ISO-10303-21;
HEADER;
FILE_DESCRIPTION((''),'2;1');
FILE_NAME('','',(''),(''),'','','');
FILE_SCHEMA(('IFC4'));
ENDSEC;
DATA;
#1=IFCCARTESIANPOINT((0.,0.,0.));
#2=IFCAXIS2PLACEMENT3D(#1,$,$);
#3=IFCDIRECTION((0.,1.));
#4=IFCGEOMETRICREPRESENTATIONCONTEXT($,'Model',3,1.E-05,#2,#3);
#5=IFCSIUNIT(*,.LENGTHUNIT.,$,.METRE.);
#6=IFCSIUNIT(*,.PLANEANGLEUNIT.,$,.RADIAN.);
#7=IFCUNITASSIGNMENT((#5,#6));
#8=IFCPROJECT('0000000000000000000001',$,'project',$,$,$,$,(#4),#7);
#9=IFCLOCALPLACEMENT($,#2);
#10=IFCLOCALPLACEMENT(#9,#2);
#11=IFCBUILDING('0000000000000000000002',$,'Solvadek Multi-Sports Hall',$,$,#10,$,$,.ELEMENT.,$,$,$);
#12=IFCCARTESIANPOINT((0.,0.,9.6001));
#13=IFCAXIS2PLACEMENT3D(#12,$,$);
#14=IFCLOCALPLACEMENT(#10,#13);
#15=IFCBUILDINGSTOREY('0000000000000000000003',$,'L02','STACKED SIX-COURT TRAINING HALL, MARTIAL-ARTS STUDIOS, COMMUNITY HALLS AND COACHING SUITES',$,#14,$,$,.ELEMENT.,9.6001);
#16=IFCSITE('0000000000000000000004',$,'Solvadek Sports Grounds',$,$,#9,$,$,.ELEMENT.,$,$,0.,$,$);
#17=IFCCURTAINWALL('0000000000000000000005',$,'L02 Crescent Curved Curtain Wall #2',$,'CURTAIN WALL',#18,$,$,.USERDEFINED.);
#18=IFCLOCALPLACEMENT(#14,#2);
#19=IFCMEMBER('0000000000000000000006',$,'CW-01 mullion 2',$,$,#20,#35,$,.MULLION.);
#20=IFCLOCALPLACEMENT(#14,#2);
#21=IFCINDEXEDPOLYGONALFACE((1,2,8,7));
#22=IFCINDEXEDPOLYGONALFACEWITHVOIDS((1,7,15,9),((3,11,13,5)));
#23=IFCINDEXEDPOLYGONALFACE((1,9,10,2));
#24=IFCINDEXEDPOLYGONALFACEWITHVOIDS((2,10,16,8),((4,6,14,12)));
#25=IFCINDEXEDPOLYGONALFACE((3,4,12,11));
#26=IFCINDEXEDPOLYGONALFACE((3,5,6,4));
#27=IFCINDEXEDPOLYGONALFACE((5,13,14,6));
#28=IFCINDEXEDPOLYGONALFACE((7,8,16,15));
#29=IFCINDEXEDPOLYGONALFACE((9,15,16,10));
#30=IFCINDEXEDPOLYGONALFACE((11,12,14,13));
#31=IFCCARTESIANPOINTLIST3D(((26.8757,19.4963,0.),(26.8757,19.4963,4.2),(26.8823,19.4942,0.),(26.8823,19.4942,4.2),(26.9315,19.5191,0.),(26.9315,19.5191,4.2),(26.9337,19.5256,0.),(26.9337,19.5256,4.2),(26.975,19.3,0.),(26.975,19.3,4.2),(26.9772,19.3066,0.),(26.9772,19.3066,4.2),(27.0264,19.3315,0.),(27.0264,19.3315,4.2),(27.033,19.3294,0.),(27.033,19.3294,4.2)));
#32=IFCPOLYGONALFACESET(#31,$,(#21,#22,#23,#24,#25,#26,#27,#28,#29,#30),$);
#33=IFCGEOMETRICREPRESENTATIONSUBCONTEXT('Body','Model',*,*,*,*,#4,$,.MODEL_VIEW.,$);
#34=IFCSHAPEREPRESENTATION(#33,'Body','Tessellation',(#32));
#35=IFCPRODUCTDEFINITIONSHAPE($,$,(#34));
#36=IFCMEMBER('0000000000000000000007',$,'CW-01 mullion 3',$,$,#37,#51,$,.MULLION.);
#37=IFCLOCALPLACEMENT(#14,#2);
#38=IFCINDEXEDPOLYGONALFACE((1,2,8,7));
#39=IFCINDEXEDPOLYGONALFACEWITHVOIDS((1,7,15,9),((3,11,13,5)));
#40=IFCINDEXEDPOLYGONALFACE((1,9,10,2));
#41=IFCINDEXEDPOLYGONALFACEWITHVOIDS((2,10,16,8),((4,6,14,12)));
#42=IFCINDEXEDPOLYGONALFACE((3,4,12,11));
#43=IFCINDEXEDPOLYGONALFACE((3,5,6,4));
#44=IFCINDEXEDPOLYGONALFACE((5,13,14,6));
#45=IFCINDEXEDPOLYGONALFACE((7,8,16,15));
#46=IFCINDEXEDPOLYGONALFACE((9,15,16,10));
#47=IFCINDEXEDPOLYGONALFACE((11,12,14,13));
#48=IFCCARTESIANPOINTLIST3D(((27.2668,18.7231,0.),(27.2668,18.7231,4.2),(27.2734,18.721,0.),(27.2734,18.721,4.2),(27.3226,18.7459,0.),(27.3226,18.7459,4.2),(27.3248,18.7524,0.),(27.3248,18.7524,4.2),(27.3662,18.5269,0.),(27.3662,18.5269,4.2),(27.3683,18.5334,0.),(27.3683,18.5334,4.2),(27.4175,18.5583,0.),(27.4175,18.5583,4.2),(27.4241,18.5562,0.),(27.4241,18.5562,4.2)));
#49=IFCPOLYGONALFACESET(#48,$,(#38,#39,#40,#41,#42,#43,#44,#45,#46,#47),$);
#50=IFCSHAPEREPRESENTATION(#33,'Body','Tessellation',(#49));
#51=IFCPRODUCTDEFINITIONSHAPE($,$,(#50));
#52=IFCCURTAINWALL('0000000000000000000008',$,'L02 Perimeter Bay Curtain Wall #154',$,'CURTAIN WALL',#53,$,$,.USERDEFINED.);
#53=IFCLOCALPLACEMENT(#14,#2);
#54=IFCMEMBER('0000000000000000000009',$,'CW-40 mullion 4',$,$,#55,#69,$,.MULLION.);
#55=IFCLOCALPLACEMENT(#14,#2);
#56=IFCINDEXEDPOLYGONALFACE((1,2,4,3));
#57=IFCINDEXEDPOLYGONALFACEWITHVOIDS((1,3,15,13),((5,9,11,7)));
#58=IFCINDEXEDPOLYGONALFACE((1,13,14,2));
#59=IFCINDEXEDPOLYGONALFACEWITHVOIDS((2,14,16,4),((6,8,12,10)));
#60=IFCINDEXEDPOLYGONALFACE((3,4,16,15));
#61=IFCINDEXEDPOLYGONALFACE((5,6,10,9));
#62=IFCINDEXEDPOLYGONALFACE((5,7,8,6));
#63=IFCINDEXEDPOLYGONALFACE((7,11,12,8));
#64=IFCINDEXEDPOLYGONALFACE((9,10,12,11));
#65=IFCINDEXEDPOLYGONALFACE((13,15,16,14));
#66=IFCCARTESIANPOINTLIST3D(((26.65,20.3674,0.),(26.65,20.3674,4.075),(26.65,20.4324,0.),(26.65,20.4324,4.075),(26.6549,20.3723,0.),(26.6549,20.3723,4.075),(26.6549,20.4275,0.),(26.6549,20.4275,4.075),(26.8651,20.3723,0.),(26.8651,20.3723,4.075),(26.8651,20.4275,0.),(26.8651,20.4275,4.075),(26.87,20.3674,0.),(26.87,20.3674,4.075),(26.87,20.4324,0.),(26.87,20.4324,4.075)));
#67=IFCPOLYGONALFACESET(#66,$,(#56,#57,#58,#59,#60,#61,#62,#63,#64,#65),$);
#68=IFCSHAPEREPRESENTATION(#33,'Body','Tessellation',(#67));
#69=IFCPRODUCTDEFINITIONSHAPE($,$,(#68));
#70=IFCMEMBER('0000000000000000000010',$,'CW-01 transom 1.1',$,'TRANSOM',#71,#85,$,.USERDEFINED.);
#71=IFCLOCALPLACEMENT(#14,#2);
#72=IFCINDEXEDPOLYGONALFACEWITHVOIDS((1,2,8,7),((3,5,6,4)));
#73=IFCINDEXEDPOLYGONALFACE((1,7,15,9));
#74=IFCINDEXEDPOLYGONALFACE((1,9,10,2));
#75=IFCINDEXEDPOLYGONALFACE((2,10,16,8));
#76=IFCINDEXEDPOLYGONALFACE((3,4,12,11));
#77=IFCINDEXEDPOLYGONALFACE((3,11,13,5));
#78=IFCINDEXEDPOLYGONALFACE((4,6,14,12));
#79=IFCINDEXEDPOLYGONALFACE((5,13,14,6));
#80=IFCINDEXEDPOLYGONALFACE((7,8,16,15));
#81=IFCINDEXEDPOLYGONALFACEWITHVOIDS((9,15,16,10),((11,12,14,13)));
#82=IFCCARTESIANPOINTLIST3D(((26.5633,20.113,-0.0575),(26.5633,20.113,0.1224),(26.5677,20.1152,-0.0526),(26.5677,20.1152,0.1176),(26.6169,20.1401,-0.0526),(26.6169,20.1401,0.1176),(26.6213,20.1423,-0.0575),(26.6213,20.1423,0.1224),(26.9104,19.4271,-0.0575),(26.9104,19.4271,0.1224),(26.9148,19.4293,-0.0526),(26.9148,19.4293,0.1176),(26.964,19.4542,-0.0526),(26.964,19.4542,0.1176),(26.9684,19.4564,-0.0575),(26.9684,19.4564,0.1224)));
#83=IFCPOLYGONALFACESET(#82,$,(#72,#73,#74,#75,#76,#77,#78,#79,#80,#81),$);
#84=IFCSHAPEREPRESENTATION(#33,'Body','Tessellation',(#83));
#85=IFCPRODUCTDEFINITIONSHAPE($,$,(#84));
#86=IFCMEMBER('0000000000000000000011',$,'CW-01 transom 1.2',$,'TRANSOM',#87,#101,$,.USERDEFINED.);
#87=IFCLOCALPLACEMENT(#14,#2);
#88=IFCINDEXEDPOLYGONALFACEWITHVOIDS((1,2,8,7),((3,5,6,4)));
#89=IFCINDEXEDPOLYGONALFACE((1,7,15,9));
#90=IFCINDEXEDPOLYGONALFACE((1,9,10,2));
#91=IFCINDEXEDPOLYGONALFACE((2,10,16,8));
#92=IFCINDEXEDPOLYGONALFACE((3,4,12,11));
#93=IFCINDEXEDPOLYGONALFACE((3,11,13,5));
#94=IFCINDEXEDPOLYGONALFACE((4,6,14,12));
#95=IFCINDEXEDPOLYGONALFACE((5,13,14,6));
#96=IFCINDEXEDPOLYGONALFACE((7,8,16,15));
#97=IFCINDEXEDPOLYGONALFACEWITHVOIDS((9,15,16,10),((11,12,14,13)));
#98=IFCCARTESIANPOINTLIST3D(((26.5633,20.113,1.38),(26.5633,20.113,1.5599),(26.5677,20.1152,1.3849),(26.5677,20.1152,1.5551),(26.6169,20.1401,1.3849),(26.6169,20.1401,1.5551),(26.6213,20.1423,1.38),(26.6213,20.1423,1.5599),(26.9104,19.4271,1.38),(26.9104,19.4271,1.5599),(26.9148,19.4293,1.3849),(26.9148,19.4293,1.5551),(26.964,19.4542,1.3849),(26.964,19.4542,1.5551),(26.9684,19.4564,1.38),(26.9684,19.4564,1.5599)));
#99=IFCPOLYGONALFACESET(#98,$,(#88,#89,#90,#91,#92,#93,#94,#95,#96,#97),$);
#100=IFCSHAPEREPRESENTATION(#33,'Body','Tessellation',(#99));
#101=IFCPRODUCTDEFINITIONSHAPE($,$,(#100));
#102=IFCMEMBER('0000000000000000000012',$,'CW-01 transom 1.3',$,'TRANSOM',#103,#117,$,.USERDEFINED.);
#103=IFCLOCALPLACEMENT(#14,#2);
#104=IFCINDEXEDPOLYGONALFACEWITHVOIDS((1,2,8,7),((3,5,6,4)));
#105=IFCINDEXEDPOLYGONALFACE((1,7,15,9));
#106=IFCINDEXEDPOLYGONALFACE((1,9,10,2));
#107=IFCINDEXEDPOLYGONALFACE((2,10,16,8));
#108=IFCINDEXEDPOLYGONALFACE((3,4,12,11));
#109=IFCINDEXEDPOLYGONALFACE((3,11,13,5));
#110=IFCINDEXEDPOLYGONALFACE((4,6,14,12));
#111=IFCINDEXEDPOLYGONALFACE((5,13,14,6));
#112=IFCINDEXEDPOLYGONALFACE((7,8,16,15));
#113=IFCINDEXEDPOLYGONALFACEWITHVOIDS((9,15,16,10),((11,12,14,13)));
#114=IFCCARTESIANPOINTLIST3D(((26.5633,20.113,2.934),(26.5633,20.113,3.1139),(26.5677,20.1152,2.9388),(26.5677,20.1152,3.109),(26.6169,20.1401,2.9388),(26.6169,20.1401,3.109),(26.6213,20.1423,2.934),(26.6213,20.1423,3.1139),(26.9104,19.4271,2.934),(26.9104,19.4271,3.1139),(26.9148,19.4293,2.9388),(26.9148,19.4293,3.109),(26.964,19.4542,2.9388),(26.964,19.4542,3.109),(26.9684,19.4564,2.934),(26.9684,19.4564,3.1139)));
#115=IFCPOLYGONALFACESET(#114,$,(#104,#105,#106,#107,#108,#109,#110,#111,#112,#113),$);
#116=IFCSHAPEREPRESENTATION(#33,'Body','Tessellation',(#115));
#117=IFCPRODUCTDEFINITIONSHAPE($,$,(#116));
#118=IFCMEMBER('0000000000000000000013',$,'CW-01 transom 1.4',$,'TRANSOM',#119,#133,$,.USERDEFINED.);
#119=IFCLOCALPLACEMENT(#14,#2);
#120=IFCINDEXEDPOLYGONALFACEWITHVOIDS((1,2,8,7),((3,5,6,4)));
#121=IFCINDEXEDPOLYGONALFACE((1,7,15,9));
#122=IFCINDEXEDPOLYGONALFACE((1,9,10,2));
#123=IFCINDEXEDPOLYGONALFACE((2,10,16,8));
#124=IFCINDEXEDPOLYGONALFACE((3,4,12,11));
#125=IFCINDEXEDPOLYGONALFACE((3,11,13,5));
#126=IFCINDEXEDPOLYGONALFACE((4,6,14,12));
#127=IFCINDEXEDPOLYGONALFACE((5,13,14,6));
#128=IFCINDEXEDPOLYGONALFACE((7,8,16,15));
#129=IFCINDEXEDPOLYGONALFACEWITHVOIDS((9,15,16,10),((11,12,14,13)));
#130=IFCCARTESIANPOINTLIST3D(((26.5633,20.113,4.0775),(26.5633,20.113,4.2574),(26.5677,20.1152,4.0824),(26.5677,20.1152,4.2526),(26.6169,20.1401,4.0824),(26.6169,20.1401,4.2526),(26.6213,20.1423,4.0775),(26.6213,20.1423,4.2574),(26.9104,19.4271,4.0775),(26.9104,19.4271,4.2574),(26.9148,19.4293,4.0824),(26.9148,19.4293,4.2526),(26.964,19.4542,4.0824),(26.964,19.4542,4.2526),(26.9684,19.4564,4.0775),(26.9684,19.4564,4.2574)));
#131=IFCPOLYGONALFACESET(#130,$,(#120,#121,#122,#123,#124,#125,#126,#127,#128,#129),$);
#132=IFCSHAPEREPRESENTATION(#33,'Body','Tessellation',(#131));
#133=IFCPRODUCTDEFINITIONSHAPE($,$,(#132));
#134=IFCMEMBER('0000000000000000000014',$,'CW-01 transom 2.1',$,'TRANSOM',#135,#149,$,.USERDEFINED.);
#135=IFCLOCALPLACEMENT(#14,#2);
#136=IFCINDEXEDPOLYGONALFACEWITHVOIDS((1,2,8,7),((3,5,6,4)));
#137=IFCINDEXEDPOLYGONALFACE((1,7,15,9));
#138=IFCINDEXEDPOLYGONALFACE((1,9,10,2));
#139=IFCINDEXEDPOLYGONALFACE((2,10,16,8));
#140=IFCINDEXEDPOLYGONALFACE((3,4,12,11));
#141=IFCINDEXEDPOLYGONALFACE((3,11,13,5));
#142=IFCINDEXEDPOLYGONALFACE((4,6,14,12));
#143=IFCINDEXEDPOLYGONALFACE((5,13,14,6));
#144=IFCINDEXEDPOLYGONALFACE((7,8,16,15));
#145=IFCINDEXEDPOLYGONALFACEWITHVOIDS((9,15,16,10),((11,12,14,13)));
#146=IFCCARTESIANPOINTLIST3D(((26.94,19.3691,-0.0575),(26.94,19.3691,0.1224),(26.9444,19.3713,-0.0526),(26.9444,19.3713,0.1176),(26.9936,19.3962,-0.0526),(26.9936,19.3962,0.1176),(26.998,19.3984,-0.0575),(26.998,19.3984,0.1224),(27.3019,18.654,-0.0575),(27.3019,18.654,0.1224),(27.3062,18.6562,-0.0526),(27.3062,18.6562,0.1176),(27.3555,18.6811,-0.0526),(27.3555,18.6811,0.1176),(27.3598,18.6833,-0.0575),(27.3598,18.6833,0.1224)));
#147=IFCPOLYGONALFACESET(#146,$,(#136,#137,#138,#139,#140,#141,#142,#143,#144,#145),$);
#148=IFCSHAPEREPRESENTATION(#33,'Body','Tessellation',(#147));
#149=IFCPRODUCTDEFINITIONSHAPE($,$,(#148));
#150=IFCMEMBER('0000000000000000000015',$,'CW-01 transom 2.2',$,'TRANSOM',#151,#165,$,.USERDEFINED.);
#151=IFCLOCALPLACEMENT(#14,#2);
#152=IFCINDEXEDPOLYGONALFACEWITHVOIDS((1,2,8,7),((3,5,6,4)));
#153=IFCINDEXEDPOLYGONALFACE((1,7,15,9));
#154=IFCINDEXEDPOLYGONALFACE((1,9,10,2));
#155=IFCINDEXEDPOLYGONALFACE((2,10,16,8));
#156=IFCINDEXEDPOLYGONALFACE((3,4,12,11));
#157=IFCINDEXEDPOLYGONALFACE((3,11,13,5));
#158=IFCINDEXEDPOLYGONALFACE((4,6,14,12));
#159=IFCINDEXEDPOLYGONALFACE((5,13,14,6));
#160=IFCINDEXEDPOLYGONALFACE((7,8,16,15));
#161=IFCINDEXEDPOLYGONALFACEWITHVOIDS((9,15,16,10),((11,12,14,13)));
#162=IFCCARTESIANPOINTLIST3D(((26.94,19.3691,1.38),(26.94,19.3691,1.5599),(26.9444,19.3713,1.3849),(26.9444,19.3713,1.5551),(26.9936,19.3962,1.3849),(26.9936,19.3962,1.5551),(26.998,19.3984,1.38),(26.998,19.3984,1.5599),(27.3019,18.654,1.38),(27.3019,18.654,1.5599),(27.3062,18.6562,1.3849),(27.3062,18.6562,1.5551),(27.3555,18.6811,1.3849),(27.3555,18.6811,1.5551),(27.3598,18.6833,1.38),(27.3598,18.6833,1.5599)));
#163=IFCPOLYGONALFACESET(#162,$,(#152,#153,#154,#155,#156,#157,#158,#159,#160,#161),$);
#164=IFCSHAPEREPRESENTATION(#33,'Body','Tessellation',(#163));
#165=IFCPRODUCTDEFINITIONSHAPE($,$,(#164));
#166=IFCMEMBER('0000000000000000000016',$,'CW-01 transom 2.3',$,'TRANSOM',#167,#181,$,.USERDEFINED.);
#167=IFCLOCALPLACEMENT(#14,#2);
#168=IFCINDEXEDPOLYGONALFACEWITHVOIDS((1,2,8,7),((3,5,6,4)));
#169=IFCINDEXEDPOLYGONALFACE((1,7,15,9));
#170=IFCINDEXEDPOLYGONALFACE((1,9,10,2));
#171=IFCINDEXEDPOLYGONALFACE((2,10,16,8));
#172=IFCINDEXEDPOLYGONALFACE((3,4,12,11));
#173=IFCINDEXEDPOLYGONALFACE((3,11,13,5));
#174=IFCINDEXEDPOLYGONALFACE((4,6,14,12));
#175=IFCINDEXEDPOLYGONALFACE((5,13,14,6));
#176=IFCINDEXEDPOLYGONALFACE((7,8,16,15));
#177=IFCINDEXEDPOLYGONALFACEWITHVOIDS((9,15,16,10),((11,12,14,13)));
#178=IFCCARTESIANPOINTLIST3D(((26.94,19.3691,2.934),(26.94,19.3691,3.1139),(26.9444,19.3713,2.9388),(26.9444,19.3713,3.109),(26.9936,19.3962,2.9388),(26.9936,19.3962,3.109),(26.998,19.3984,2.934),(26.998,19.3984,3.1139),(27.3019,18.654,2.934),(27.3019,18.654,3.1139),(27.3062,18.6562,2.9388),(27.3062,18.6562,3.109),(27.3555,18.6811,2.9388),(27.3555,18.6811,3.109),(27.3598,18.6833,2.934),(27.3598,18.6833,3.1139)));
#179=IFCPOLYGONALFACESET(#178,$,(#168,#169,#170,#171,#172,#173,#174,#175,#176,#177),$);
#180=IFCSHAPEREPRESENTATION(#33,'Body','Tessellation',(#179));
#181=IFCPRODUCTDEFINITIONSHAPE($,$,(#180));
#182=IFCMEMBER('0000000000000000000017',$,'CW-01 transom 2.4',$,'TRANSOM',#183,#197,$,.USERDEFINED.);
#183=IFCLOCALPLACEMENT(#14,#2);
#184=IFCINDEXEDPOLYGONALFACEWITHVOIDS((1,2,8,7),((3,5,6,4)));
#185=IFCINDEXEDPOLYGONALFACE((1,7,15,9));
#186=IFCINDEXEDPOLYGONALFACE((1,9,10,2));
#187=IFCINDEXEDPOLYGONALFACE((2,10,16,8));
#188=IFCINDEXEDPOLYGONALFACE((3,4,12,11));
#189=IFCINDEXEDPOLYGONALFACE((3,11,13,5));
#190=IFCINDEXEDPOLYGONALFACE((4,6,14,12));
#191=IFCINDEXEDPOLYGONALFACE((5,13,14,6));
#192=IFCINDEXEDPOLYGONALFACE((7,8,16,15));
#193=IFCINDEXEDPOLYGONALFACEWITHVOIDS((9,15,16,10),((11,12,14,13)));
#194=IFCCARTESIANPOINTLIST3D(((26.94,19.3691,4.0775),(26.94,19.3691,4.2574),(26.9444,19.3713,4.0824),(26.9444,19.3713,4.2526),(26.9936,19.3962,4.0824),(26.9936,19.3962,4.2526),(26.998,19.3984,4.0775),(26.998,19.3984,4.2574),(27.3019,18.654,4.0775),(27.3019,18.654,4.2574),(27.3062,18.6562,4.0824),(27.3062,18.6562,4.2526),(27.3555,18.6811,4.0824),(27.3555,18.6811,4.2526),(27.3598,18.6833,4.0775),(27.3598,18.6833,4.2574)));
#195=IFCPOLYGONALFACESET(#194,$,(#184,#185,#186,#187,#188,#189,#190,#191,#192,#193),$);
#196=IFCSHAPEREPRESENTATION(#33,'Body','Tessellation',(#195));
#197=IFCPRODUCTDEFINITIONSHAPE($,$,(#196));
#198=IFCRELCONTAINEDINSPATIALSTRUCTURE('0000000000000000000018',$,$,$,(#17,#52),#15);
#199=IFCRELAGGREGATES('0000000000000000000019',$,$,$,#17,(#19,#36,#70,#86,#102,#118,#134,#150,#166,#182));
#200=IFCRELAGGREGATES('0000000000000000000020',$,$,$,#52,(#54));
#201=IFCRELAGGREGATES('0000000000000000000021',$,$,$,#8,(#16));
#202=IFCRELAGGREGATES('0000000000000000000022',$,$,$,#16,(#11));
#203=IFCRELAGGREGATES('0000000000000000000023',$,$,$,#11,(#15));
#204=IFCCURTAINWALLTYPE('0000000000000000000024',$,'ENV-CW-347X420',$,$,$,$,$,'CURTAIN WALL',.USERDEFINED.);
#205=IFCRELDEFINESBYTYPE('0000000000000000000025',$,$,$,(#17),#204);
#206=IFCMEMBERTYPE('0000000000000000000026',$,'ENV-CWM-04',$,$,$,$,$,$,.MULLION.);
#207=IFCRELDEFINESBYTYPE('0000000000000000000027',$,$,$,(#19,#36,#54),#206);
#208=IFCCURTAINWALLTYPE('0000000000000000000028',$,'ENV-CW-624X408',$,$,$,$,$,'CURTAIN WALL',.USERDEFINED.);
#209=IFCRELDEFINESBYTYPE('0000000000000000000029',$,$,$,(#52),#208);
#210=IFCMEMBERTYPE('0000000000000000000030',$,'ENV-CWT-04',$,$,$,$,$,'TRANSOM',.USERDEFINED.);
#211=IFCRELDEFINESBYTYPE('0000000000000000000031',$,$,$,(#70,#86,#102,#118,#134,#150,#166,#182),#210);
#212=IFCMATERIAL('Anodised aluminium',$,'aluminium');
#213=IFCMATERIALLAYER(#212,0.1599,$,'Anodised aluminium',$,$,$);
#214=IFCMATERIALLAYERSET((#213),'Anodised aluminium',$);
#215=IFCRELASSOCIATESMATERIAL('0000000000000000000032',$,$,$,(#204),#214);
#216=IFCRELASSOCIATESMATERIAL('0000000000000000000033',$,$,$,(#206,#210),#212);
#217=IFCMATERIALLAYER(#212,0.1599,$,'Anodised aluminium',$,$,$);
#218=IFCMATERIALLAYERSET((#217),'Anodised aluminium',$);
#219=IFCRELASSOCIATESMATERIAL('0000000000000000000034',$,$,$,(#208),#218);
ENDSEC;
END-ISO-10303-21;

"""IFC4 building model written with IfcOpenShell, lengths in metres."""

from ifc_helpers import new_model, si_unit, direction, frame, origin, origin_2d, place, context, subcontext, project, spatial, hollow_rectangle, extrude, material, layer, layer_set, material_profile, profile_set, type_object, element, aggregate, save


model = new_model("IFC4")

# Units and contexts
model_context = context("Model", 3, precision=1e-05, world=origin(), true_north=direction((0.0, 1.0)))
body_context = subcontext(model_context, "Body", "Model", "MODEL_VIEW")
ifc_project = project(units=[si_unit("LENGTHUNIT", "METRE"), si_unit("PLANEANGLEUNIT", "RADIAN")], contexts=[model_context])

# Site, building, storey
site_placement = place(None, origin())
site = spatial("IfcSite", under=ifc_project, at=site_placement, Name="Solvadek Sports Grounds", CompositionType="ELEMENT", RefElevation=0.0)
building_placement = place(site_placement, origin())
building = spatial("IfcBuilding", under=site, at=building_placement, Name="Solvadek Multi-Sports Hall", CompositionType="ELEMENT")
storey_placement = place(building_placement, frame((0.0, 0.0, 9.6001)))
storey = spatial("IfcBuildingStorey", under=building, at=storey_placement, Name="L02", Description="STACKED SIX-COURT TRAINING HALL, MARTIAL-ARTS STUDIOS, COMMUNITY HALLS AND COACHING SUITES", CompositionType="ELEMENT", Elevation=9.6001)

# Curtain wall, members
ifc_material_1 = material(Name="Anodised aluminium", Category="aluminium")
ifc_layer_1 = layer(ifc_material_1, 0.1599, Name="Anodised aluminium")
ifc_layer_set_1 = layer_set([ifc_layer_1], Name="Anodised aluminium")
curtain_wall_type_1 = type_object("IfcCurtainWallType", Name="ENV-CW-347X420", ElementType="CURTAIN WALL", PredefinedType="USERDEFINED", material=ifc_layer_set_1)
curtain_wall_1_placement = place(storey_placement, origin())
curtain_wall_1 = element("IfcCurtainWall", 1, at=curtain_wall_1_placement, inside=storey, type_object=curtain_wall_type_1, Name="L02 Crescent Curved Curtain Wall #2", ObjectType="CURTAIN WALL", PredefinedType="USERDEFINED")
ifc_material_profile_1 = material_profile(ifc_material_1, hollow_rectangle(XDim=0.0649, YDim=0.22, WallThickness=0.0049, at=origin_2d()), Name="ALU-M 220x65x5")
ifc_profile_set_1 = profile_set([ifc_material_profile_1], Name="Anodised aluminium")
member_type_1 = type_object("IfcMemberType", Name="ENV-CWM-04", PredefinedType="MULLION", material=ifc_profile_set_1)
member_1_placement = place(storey_placement, frame((26.9543, 19.4128, 0.0), z_axis=(0.0, 0.0, 1.0), x_axis=(0.892241, 0.451559, 0.0)))
member_1 = element("IfcMember", 2, at=member_1_placement, type_object=member_type_1, Name="CW-01 mullion 2", PredefinedType="MULLION", context=body_context, shape_type="SweptSolid", body=[
    extrude(hollow_rectangle(XDim=0.0649, YDim=0.22, WallThickness=0.0049, at=origin_2d()), origin(), (0.0, 0.0, 1.0), 4.2),
])
member_2_placement = place(storey_placement, frame((27.3455, 18.6396, 0.0), z_axis=(0.0, 0.0, 1.0), x_axis=(0.892241, 0.451559, 0.0)))
member_2 = element("IfcMember", 3, at=member_2_placement, type_object=member_type_1, Name="CW-01 mullion 3", PredefinedType="MULLION", context=body_context, shape_type="SweptSolid", body=[
    extrude(hollow_rectangle(XDim=0.0649, YDim=0.22, WallThickness=0.0049, at=origin_2d()), origin(), (0.0, 0.0, 1.0), 4.2),
])

# Curtain wall, member
ifc_layer_2 = layer(ifc_material_1, 0.1599, Name="Anodised aluminium")
ifc_layer_set_2 = layer_set([ifc_layer_2], Name="Anodised aluminium")
curtain_wall_type_2 = type_object("IfcCurtainWallType", Name="ENV-CW-624X408", ElementType="CURTAIN WALL", PredefinedType="USERDEFINED", material=ifc_layer_set_2)
curtain_wall_2_placement = place(storey_placement, origin())
curtain_wall_2 = element("IfcCurtainWall", 4, at=curtain_wall_2_placement, inside=storey, type_object=curtain_wall_type_2, Name="L02 Perimeter Bay Curtain Wall #154", ObjectType="CURTAIN WALL", PredefinedType="USERDEFINED")
member_3_placement = place(storey_placement, frame((26.76, 20.3999, 0.0), z_axis=(0.0, 0.0, 1.0), x_axis=(0.0, 1.0, 0.0)))
member_3 = element("IfcMember", 5, at=member_3_placement, type_object=member_type_1, Name="CW-40 mullion 4", PredefinedType="MULLION", context=body_context, shape_type="SweptSolid", body=[
    extrude(hollow_rectangle(XDim=0.0649, YDim=0.22, WallThickness=0.0049, at=origin_2d()), origin(), (0.0, 0.0, 1.0), 4.075),
])

# Members
ifc_material_profile_2 = material_profile(ifc_material_1, hollow_rectangle(XDim=0.0649, YDim=0.1799, WallThickness=0.0049, at=origin_2d()), Name="ALU-T 180x65x5")
ifc_profile_set_2 = profile_set([ifc_material_profile_2], Name="Anodised aluminium")
member_type_2 = type_object("IfcMemberType", Name="ENV-CWT-04", ElementType="TRANSOM", PredefinedType="USERDEFINED", material=ifc_profile_set_2)
member_4_placement = place(storey_placement, frame((26.5923, 20.1277, 0.0325), z_axis=(0.451527, -0.892258, 0.0), x_axis=(0.892258, 0.451527, 0.0)))
member_4 = element("IfcMember", 6, at=member_4_placement, type_object=member_type_2, Name="CW-01 transom 1.1", ObjectType="TRANSOM", PredefinedType="USERDEFINED", context=body_context, shape_type="SweptSolid", body=[
    extrude(hollow_rectangle(XDim=0.0649, YDim=0.1799, WallThickness=0.0049, at=origin_2d()), origin(), (0.0, 0.0, 1.0), 0.7688),
])
member_5_placement = place(storey_placement, frame((26.5923, 20.1277, 1.47), z_axis=(0.451527, -0.892258, 0.0), x_axis=(0.892258, 0.451527, 0.0)))
member_5 = element("IfcMember", 7, at=member_5_placement, type_object=member_type_2, Name="CW-01 transom 1.2", ObjectType="TRANSOM", PredefinedType="USERDEFINED", context=body_context, shape_type="SweptSolid", body=[
    extrude(hollow_rectangle(XDim=0.0649, YDim=0.1799, WallThickness=0.0049, at=origin_2d()), origin(), (0.0, 0.0, 1.0), 0.7688),
])
member_6_placement = place(storey_placement, frame((26.5923, 20.1277, 3.0239), z_axis=(0.451527, -0.892258, 0.0), x_axis=(0.892258, 0.451527, 0.0)))
member_6 = element("IfcMember", 8, at=member_6_placement, type_object=member_type_2, Name="CW-01 transom 1.3", ObjectType="TRANSOM", PredefinedType="USERDEFINED", context=body_context, shape_type="SweptSolid", body=[
    extrude(hollow_rectangle(XDim=0.0649, YDim=0.1799, WallThickness=0.0049, at=origin_2d()), origin(), (0.0, 0.0, 1.0), 0.7688),
])
member_7_placement = place(storey_placement, frame((26.5923, 20.1277, 4.1675), z_axis=(0.451527, -0.892258, 0.0), x_axis=(0.892258, 0.451527, 0.0)))
member_7 = element("IfcMember", 9, at=member_7_placement, type_object=member_type_2, Name="CW-01 transom 1.4", ObjectType="TRANSOM", PredefinedType="USERDEFINED", context=body_context, shape_type="SweptSolid", body=[
    extrude(hollow_rectangle(XDim=0.0649, YDim=0.1799, WallThickness=0.0049, at=origin_2d()), origin(), (0.0, 0.0, 1.0), 0.7688),
])
member_8_placement = place(storey_placement, frame((26.969, 19.3838, 0.0325), z_axis=(0.451473, -0.892285, 0.0), x_axis=(0.892285, 0.451473, 0.0)))
member_8 = element("IfcMember", 10, at=member_8_placement, type_object=member_type_2, Name="CW-01 transom 2.1", ObjectType="TRANSOM", PredefinedType="USERDEFINED", context=body_context, shape_type="SweptSolid", body=[
    extrude(hollow_rectangle(XDim=0.0649, YDim=0.1799, WallThickness=0.0049, at=origin_2d()), origin(), (0.0, 0.0, 1.0), 0.8015),
])
member_9_placement = place(storey_placement, frame((26.969, 19.3838, 1.47), z_axis=(0.451473, -0.892285, 0.0), x_axis=(0.892285, 0.451473, 0.0)))
member_9 = element("IfcMember", 11, at=member_9_placement, type_object=member_type_2, Name="CW-01 transom 2.2", ObjectType="TRANSOM", PredefinedType="USERDEFINED", context=body_context, shape_type="SweptSolid", body=[
    extrude(hollow_rectangle(XDim=0.0649, YDim=0.1799, WallThickness=0.0049, at=origin_2d()), origin(), (0.0, 0.0, 1.0), 0.8015),
])
member_10_placement = place(storey_placement, frame((26.969, 19.3838, 3.0239), z_axis=(0.451473, -0.892285, 0.0), x_axis=(0.892285, 0.451473, 0.0)))
member_10 = element("IfcMember", 12, at=member_10_placement, type_object=member_type_2, Name="CW-01 transom 2.3", ObjectType="TRANSOM", PredefinedType="USERDEFINED", context=body_context, shape_type="SweptSolid", body=[
    extrude(hollow_rectangle(XDim=0.0649, YDim=0.1799, WallThickness=0.0049, at=origin_2d()), origin(), (0.0, 0.0, 1.0), 0.8015),
])
member_11_placement = place(storey_placement, frame((26.969, 19.3838, 4.1675), z_axis=(0.451473, -0.892285, 0.0), x_axis=(0.892285, 0.451473, 0.0)))
member_11 = element("IfcMember", 13, at=member_11_placement, type_object=member_type_2, Name="CW-01 transom 2.4", ObjectType="TRANSOM", PredefinedType="USERDEFINED", context=body_context, shape_type="SweptSolid", body=[
    extrude(hollow_rectangle(XDim=0.0649, YDim=0.1799, WallThickness=0.0049, at=origin_2d()), origin(), (0.0, 0.0, 1.0), 0.8015),
])

aggregate(curtain_wall_1, [member_1, member_2, member_4, member_5, member_6, member_7, member_8, member_9, member_10, member_11])
aggregate(curtain_wall_2, [member_3])

save(model, "model.ifc")
